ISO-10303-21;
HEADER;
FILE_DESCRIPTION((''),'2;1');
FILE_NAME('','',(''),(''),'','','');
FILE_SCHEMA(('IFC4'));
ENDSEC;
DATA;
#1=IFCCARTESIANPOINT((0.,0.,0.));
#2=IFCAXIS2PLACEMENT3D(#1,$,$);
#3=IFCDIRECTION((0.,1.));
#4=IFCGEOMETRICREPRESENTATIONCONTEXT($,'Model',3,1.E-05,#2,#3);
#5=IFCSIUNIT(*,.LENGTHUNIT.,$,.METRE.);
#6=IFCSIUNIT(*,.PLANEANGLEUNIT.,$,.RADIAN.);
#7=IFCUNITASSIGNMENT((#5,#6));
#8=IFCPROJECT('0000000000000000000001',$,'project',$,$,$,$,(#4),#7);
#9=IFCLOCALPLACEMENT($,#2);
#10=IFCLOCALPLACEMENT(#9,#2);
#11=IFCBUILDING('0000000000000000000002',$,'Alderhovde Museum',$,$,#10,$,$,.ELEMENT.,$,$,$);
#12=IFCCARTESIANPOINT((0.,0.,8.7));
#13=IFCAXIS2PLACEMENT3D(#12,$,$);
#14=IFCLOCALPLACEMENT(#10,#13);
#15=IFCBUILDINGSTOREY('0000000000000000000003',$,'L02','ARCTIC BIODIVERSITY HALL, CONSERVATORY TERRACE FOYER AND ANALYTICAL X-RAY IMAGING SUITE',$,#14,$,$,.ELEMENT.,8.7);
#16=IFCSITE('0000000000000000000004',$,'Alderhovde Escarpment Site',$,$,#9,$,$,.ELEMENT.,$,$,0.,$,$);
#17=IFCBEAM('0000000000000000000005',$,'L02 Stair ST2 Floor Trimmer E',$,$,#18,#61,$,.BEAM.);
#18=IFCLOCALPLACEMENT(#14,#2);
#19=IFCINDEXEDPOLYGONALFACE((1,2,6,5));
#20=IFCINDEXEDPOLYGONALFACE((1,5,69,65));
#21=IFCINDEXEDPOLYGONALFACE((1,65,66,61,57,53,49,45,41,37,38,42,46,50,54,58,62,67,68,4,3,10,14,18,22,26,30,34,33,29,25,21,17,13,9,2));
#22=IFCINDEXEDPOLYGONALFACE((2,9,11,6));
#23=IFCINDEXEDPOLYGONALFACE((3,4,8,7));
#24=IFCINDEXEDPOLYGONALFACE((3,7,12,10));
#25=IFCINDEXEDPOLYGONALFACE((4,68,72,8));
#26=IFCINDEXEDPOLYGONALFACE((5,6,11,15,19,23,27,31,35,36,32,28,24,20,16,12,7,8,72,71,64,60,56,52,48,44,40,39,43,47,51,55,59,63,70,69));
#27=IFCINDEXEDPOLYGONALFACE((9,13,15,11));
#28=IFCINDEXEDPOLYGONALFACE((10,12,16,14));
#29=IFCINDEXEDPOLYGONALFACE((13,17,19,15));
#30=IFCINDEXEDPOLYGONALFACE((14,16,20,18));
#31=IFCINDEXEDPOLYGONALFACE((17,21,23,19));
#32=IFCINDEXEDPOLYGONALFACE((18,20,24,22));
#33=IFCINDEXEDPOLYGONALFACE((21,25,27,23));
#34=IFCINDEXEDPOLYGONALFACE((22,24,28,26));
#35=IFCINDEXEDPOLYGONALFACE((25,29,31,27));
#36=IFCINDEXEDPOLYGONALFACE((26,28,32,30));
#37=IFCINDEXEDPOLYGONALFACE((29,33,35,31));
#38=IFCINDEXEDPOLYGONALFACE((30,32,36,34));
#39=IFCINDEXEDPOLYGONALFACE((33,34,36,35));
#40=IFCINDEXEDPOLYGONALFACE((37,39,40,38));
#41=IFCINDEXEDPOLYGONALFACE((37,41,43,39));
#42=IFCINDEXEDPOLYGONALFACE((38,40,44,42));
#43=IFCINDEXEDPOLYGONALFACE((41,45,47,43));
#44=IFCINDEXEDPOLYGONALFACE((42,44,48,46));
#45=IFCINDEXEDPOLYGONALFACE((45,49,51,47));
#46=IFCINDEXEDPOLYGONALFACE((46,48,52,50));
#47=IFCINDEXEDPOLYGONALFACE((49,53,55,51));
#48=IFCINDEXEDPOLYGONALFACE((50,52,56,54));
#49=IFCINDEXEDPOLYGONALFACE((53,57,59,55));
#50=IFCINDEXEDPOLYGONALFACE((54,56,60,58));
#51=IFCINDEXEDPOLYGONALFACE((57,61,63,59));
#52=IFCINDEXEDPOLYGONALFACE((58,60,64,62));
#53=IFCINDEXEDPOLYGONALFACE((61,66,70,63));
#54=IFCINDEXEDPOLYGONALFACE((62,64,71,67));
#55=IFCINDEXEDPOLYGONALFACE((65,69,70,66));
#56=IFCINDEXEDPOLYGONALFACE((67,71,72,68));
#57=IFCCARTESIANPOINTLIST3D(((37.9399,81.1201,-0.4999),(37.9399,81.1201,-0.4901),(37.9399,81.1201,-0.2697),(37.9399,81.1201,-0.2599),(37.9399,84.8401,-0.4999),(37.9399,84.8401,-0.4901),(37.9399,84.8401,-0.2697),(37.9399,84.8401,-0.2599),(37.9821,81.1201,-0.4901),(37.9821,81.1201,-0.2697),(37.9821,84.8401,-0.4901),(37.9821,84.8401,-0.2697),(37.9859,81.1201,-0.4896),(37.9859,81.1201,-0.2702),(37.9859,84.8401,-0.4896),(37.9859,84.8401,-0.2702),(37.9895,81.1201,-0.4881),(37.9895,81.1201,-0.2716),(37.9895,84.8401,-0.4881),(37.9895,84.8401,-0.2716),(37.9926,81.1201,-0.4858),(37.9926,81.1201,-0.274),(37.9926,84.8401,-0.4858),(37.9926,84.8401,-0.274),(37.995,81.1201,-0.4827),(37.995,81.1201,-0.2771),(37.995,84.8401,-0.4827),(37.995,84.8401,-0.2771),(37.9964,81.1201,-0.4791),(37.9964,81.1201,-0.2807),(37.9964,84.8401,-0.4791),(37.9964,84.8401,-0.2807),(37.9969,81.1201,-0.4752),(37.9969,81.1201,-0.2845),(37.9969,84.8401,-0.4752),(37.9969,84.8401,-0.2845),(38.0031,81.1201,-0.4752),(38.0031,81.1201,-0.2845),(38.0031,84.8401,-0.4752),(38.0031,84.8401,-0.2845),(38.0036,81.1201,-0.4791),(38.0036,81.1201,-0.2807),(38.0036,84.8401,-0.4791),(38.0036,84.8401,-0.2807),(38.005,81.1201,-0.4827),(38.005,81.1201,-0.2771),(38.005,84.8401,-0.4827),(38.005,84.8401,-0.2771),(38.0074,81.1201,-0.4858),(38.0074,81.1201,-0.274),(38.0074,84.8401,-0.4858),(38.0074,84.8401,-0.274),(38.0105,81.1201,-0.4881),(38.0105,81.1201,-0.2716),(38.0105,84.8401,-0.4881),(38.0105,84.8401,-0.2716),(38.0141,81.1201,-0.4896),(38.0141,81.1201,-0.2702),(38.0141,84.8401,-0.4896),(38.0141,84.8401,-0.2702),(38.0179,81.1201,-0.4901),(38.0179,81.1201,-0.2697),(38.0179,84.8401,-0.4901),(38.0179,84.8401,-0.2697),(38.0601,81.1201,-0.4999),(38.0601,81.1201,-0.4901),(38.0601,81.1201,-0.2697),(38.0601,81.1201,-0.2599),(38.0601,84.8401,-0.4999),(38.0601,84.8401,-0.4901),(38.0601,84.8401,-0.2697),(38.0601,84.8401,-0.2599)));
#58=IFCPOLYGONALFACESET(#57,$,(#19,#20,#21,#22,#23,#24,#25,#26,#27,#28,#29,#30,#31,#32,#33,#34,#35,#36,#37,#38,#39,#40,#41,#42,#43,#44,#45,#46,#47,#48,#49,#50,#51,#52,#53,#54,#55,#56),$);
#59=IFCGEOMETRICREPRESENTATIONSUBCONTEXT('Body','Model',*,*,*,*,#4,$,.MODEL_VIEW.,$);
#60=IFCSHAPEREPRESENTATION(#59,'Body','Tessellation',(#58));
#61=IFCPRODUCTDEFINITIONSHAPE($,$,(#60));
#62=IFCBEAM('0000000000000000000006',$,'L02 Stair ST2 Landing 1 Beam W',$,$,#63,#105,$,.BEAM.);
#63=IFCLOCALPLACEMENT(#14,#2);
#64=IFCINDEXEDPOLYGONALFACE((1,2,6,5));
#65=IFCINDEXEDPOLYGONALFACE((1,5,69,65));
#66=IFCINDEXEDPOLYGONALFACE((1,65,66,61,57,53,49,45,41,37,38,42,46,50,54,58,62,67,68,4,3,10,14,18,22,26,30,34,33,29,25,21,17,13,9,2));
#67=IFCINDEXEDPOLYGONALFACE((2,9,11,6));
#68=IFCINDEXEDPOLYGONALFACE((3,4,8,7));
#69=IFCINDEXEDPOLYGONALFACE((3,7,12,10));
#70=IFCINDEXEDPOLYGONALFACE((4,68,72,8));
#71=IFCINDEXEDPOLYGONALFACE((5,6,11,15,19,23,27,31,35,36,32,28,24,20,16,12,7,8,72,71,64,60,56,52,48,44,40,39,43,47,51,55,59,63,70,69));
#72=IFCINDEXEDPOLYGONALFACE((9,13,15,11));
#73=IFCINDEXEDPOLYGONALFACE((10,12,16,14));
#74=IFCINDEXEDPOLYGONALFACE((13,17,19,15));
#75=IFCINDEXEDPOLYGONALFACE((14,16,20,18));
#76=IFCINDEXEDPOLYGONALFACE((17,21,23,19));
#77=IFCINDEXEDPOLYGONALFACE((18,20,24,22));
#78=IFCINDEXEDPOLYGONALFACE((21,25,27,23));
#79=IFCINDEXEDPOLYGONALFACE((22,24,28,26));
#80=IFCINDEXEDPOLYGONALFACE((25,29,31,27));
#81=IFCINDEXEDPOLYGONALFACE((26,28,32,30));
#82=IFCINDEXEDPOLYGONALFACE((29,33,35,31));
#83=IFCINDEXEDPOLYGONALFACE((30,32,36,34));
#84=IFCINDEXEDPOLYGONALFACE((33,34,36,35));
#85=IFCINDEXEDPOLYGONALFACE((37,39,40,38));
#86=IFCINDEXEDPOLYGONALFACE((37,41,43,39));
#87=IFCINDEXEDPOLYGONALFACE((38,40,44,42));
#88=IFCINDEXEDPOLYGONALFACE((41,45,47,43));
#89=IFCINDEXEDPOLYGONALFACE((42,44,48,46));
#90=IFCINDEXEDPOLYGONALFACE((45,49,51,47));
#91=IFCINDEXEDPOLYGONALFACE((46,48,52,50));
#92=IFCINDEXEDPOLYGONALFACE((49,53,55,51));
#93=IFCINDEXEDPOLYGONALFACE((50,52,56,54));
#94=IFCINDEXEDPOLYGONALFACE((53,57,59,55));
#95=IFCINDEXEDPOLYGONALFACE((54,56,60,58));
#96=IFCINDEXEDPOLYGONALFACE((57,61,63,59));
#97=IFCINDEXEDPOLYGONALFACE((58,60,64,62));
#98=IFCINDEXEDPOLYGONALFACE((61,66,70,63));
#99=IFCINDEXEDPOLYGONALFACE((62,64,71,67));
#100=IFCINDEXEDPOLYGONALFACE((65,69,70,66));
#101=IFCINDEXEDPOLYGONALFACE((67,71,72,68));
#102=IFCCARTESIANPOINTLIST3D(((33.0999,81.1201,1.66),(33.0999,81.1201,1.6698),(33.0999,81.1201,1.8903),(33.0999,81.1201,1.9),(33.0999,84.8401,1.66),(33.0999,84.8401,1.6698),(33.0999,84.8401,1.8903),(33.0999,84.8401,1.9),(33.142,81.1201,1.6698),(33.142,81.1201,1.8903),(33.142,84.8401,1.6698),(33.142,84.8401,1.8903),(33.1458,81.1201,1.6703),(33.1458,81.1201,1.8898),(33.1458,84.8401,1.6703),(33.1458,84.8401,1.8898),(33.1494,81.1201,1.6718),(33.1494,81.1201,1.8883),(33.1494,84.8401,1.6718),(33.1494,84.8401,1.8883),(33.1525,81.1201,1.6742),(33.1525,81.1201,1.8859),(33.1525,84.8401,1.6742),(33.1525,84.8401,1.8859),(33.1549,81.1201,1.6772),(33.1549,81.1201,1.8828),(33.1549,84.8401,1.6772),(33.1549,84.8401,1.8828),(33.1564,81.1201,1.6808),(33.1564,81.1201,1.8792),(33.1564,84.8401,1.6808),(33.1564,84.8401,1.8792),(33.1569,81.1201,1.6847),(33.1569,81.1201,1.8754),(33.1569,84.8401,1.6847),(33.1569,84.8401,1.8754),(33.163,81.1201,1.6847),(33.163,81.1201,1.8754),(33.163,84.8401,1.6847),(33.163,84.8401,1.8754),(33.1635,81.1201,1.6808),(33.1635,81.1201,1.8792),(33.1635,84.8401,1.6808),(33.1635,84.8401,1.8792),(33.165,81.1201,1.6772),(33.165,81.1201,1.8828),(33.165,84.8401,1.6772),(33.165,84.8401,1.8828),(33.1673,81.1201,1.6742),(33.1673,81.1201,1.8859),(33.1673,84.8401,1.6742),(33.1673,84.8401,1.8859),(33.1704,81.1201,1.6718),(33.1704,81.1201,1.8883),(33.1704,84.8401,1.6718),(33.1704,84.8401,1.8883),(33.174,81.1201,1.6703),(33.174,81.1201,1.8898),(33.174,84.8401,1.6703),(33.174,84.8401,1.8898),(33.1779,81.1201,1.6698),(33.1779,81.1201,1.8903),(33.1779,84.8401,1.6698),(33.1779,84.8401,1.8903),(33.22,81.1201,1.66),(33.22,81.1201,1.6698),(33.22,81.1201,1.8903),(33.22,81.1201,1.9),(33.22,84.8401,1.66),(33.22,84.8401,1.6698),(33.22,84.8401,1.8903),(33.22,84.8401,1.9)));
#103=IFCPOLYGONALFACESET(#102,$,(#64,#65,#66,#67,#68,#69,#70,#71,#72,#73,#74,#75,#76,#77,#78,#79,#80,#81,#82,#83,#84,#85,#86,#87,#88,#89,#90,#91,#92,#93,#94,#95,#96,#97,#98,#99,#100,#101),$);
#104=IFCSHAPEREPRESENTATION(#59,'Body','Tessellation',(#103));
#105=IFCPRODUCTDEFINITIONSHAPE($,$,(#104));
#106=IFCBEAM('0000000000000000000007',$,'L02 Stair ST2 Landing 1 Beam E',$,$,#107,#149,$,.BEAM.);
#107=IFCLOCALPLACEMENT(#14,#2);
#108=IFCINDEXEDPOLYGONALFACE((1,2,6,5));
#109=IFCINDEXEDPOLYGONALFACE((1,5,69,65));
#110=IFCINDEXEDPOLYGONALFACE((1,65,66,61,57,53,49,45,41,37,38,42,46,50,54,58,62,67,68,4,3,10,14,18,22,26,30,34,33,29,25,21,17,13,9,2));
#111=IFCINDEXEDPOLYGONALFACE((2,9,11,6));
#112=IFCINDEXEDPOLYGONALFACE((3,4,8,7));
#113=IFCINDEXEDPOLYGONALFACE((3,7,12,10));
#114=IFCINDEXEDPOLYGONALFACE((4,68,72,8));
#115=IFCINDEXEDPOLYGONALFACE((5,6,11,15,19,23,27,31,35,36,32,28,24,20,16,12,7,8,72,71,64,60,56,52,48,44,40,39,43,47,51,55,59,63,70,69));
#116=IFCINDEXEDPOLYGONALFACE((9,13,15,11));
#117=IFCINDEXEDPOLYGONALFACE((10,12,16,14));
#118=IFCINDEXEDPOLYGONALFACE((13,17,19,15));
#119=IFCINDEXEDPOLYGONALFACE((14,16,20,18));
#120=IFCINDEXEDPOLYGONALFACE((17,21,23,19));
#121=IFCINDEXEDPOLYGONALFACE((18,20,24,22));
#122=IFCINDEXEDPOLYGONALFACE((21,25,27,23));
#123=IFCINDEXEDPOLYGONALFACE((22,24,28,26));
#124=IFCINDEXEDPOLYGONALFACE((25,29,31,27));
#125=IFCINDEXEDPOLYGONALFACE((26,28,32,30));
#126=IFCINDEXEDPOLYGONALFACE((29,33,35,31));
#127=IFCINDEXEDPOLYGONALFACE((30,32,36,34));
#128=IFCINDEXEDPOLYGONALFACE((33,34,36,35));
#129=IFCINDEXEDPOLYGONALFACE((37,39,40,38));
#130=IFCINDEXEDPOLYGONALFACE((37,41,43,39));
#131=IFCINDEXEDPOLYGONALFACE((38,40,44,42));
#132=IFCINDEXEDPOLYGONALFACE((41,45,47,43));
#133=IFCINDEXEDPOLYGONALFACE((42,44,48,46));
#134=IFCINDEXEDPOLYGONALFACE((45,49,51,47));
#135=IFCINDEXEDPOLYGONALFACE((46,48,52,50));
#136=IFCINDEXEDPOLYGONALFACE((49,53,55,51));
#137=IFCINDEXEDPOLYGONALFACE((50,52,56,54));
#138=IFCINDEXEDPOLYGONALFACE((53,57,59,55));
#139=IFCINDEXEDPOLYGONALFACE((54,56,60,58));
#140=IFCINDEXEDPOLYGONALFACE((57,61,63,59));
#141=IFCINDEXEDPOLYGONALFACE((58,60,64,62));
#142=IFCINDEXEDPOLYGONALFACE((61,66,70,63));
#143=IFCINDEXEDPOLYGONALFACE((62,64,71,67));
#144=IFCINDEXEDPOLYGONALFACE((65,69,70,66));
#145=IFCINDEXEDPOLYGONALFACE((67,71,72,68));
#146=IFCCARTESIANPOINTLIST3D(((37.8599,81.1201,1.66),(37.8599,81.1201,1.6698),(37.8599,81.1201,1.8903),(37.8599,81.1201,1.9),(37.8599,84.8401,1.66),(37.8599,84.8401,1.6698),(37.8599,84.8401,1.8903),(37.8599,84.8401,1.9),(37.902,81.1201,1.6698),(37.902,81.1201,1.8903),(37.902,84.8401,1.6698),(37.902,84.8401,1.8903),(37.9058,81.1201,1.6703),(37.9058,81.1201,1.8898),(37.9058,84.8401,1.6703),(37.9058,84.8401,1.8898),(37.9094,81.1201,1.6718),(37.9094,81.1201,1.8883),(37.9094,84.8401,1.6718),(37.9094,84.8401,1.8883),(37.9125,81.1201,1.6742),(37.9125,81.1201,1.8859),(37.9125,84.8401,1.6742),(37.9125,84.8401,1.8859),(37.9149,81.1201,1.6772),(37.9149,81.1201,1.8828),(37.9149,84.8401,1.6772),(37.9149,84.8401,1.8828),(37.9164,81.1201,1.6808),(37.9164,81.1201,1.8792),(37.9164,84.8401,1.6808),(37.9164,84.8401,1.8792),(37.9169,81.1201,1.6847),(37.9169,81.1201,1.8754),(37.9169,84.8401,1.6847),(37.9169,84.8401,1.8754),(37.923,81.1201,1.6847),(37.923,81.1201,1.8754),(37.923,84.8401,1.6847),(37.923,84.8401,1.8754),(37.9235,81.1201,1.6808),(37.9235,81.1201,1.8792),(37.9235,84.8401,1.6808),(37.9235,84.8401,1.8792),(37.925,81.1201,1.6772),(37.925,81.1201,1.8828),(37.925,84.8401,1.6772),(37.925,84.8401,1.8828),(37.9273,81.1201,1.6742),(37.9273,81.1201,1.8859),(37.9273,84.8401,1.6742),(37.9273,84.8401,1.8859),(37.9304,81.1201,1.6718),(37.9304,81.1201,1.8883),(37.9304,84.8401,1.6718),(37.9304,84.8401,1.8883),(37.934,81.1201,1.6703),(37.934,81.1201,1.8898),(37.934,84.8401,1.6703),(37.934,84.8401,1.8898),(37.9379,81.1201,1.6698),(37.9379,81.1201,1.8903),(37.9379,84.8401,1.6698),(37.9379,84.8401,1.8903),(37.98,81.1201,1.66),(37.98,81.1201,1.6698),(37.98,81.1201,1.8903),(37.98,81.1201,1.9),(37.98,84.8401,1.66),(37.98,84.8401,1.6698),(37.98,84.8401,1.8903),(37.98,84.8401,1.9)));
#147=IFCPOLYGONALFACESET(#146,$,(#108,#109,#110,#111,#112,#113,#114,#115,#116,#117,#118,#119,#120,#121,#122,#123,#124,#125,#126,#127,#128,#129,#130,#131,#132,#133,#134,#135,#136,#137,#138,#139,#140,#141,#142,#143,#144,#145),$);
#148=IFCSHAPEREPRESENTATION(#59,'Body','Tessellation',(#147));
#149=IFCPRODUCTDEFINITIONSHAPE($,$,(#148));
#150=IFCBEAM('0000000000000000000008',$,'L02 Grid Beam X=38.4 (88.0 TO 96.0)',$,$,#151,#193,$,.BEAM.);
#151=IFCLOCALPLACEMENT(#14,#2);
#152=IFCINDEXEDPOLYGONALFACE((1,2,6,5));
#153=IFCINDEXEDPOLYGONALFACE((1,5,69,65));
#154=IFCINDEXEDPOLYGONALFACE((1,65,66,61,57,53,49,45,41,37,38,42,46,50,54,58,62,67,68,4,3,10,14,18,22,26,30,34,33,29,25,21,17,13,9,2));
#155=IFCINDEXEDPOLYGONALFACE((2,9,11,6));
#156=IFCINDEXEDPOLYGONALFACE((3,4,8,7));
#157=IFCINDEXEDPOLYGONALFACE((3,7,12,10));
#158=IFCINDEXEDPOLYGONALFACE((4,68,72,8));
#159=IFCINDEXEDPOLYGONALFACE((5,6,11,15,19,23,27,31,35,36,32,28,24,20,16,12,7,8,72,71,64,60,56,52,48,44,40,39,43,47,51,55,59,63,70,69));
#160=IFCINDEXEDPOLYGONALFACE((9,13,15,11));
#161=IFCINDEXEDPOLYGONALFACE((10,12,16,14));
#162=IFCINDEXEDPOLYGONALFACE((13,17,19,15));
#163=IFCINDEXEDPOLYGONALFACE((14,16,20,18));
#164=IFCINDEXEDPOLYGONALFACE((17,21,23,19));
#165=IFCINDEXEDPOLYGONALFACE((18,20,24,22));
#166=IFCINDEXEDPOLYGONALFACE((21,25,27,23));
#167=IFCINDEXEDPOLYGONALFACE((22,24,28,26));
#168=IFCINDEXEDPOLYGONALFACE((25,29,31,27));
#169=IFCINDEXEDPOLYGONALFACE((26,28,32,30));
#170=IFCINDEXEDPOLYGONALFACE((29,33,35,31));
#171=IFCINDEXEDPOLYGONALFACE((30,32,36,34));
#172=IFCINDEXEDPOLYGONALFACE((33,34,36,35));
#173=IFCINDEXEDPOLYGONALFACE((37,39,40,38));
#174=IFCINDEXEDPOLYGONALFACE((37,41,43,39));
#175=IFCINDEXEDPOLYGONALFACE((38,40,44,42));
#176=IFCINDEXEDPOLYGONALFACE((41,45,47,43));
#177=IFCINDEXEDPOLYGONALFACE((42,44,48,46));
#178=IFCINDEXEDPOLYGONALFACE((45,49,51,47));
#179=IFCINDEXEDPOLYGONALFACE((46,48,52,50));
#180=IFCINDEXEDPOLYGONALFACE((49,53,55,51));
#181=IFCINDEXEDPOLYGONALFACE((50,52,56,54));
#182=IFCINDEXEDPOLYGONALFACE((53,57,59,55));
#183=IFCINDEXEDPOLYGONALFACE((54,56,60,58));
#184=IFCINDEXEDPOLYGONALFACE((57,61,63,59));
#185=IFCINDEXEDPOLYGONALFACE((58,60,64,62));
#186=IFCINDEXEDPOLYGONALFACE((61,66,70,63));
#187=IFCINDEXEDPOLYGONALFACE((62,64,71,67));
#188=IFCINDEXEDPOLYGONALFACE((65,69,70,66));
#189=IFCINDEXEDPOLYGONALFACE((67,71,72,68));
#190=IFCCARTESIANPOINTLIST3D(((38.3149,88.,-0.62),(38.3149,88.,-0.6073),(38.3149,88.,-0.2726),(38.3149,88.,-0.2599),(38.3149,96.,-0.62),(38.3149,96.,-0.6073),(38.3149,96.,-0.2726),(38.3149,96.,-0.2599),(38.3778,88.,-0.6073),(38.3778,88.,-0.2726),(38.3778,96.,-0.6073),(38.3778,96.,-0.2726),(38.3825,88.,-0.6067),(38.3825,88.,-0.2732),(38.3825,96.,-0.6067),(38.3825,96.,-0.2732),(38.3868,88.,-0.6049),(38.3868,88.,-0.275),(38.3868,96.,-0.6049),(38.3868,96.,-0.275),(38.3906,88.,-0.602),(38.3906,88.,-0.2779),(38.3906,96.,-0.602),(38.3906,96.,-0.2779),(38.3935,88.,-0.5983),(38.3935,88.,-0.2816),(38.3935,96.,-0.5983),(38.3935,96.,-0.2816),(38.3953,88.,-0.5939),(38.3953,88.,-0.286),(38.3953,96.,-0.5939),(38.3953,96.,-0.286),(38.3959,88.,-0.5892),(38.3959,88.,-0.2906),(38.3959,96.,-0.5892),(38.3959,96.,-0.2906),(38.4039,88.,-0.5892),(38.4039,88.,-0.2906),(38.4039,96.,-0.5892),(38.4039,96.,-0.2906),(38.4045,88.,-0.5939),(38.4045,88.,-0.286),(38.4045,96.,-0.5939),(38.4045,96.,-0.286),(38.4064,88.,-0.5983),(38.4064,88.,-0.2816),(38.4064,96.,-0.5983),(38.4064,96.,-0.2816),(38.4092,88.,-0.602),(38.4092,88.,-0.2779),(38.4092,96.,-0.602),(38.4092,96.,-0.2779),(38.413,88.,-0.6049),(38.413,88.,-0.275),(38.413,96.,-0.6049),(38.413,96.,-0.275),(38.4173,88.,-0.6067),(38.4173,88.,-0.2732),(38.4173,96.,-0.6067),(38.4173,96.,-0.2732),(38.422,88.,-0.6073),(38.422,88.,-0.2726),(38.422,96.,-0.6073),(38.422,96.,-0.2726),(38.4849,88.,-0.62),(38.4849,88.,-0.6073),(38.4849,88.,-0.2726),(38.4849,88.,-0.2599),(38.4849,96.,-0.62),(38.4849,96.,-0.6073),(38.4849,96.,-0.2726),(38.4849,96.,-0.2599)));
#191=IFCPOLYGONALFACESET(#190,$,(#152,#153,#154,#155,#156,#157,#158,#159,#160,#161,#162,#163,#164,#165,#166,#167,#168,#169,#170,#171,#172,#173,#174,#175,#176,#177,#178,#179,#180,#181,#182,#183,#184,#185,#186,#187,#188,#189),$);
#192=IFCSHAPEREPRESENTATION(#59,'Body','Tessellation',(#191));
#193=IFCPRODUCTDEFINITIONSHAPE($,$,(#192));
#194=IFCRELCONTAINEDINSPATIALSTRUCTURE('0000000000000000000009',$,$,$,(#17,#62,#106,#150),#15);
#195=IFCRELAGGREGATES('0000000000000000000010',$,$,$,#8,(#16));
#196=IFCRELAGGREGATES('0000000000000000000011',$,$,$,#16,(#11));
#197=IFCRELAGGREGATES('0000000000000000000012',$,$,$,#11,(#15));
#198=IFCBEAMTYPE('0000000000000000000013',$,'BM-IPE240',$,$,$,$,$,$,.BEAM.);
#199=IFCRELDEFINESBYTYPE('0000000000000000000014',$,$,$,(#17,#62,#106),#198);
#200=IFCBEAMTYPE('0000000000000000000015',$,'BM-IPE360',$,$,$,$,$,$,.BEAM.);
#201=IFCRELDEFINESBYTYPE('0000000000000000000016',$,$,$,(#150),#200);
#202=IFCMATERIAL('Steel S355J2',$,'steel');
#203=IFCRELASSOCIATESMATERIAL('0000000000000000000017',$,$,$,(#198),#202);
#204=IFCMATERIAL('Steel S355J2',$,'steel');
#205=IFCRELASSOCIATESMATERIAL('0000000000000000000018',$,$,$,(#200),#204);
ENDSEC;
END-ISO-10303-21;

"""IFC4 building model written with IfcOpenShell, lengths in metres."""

from ifc_helpers import new_model, si_unit, direction, frame, origin, origin_2d, place, context, subcontext, project, spatial, i_section, extrude, material, material_profile, profile_set, type_object, element, save


model = new_model("IFC4")

# Units and contexts
model_context = context("Model", 3, precision=1e-05, world=origin(), true_north=direction((0.0, 1.0)))
body_context = subcontext(model_context, "Body", "Model", "MODEL_VIEW")
ifc_project = project(units=[si_unit("LENGTHUNIT", "METRE"), si_unit("PLANEANGLEUNIT", "RADIAN")], contexts=[model_context])

# Site, building, storey
site_placement = place(None, origin())
site = spatial("IfcSite", under=ifc_project, at=site_placement, Name="Alderhovde Escarpment Site", CompositionType="ELEMENT", RefElevation=0.0)
building_placement = place(site_placement, origin())
building = spatial("IfcBuilding", under=site, at=building_placement, Name="Alderhovde Museum", CompositionType="ELEMENT")
storey_placement = place(building_placement, frame((0.0, 0.0, 8.7)))
storey = spatial("IfcBuildingStorey", under=building, at=storey_placement, Name="L02", Description="ARCTIC BIODIVERSITY HALL, CONSERVATORY TERRACE FOYER AND ANALYTICAL X-RAY IMAGING SUITE", CompositionType="ELEMENT", Elevation=8.7)

# Beams
ifc_material_1 = material(Name="Steel S355J2", Category="steel")
ifc_material_profile_1 = material_profile(ifc_material_1, i_section(OverallWidth=0.1201, OverallDepth=0.24, WebThickness=0.0061, FlangeThickness=0.0098, FilletRadius=0.0149, at=origin_2d()), Name="IPE 240")
ifc_profile_set_1 = profile_set([ifc_material_profile_1], Name="Steel S355J2")
beam_type_1 = type_object("IfcBeamType", Name="BM-IPE240", PredefinedType="BEAM", material=ifc_profile_set_1)
for number, where, z_axis, x_axis, name in (
    (1, (38.0, 81.1201, -0.3799), (0.0, 1.0, 0.0), (-1.0, 0.0, 0.0), "L02 Stair ST2 Floor Trimmer E"),
    (2, (33.1599, 81.1201, 1.78), (0.0, 1.0, 0.0), (-1.0, 0.0, 0.0), "L02 Stair ST2 Landing 1 Beam W"),
    (3, (37.9199, 81.1201, 1.78), (0.0, 1.0, 0.0), (-1.0, 0.0, 0.0), "L02 Stair ST2 Landing 1 Beam E"),
):
    element("IfcBeam", number, at=place(storey_placement, frame(where, z_axis=z_axis, x_axis=x_axis)), inside=storey, type_object=beam_type_1, Name=name, PredefinedType="BEAM", context=body_context, shape_type="SweptSolid", body=[
        extrude(i_section(OverallWidth=0.1201, OverallDepth=0.24, WebThickness=0.0061, FlangeThickness=0.0098, FilletRadius=0.0149, at=origin_2d()), origin(), (0.0, 0.0, 1.0), 3.72),
    ])
ifc_material_2 = material(Name="Steel S355J2", Category="steel")
ifc_material_profile_2 = material_profile(ifc_material_2, i_section(OverallWidth=0.1699, OverallDepth=0.3601, WebThickness=0.0081, FlangeThickness=0.0127, FilletRadius=0.0181, at=origin_2d()), Name="IPE 360")
ifc_profile_set_2 = profile_set([ifc_material_profile_2], Name="Steel S355J2")
beam_type_2 = type_object("IfcBeamType", Name="BM-IPE360", PredefinedType="BEAM", material=ifc_profile_set_2)
for number, where, z_axis, x_axis, name in (
    (4, (38.3999, 88.0, -0.4399), (0.0, 1.0, 0.0), (-1.0, 0.0, 0.0), "L02 Grid Beam X=38.4 (88.0 TO 96.0)"),
):
    element("IfcBeam", number, at=place(storey_placement, frame(where, z_axis=z_axis, x_axis=x_axis)), inside=storey, type_object=beam_type_2, Name=name, PredefinedType="BEAM", context=body_context, shape_type="SweptSolid", body=[
        extrude(i_section(OverallWidth=0.1699, OverallDepth=0.3601, WebThickness=0.0081, FlangeThickness=0.0127, FilletRadius=0.0181, at=origin_2d()), origin(), (0.0, 0.0, 1.0), 8.0),
    ])

save(model, "model.ifc")
